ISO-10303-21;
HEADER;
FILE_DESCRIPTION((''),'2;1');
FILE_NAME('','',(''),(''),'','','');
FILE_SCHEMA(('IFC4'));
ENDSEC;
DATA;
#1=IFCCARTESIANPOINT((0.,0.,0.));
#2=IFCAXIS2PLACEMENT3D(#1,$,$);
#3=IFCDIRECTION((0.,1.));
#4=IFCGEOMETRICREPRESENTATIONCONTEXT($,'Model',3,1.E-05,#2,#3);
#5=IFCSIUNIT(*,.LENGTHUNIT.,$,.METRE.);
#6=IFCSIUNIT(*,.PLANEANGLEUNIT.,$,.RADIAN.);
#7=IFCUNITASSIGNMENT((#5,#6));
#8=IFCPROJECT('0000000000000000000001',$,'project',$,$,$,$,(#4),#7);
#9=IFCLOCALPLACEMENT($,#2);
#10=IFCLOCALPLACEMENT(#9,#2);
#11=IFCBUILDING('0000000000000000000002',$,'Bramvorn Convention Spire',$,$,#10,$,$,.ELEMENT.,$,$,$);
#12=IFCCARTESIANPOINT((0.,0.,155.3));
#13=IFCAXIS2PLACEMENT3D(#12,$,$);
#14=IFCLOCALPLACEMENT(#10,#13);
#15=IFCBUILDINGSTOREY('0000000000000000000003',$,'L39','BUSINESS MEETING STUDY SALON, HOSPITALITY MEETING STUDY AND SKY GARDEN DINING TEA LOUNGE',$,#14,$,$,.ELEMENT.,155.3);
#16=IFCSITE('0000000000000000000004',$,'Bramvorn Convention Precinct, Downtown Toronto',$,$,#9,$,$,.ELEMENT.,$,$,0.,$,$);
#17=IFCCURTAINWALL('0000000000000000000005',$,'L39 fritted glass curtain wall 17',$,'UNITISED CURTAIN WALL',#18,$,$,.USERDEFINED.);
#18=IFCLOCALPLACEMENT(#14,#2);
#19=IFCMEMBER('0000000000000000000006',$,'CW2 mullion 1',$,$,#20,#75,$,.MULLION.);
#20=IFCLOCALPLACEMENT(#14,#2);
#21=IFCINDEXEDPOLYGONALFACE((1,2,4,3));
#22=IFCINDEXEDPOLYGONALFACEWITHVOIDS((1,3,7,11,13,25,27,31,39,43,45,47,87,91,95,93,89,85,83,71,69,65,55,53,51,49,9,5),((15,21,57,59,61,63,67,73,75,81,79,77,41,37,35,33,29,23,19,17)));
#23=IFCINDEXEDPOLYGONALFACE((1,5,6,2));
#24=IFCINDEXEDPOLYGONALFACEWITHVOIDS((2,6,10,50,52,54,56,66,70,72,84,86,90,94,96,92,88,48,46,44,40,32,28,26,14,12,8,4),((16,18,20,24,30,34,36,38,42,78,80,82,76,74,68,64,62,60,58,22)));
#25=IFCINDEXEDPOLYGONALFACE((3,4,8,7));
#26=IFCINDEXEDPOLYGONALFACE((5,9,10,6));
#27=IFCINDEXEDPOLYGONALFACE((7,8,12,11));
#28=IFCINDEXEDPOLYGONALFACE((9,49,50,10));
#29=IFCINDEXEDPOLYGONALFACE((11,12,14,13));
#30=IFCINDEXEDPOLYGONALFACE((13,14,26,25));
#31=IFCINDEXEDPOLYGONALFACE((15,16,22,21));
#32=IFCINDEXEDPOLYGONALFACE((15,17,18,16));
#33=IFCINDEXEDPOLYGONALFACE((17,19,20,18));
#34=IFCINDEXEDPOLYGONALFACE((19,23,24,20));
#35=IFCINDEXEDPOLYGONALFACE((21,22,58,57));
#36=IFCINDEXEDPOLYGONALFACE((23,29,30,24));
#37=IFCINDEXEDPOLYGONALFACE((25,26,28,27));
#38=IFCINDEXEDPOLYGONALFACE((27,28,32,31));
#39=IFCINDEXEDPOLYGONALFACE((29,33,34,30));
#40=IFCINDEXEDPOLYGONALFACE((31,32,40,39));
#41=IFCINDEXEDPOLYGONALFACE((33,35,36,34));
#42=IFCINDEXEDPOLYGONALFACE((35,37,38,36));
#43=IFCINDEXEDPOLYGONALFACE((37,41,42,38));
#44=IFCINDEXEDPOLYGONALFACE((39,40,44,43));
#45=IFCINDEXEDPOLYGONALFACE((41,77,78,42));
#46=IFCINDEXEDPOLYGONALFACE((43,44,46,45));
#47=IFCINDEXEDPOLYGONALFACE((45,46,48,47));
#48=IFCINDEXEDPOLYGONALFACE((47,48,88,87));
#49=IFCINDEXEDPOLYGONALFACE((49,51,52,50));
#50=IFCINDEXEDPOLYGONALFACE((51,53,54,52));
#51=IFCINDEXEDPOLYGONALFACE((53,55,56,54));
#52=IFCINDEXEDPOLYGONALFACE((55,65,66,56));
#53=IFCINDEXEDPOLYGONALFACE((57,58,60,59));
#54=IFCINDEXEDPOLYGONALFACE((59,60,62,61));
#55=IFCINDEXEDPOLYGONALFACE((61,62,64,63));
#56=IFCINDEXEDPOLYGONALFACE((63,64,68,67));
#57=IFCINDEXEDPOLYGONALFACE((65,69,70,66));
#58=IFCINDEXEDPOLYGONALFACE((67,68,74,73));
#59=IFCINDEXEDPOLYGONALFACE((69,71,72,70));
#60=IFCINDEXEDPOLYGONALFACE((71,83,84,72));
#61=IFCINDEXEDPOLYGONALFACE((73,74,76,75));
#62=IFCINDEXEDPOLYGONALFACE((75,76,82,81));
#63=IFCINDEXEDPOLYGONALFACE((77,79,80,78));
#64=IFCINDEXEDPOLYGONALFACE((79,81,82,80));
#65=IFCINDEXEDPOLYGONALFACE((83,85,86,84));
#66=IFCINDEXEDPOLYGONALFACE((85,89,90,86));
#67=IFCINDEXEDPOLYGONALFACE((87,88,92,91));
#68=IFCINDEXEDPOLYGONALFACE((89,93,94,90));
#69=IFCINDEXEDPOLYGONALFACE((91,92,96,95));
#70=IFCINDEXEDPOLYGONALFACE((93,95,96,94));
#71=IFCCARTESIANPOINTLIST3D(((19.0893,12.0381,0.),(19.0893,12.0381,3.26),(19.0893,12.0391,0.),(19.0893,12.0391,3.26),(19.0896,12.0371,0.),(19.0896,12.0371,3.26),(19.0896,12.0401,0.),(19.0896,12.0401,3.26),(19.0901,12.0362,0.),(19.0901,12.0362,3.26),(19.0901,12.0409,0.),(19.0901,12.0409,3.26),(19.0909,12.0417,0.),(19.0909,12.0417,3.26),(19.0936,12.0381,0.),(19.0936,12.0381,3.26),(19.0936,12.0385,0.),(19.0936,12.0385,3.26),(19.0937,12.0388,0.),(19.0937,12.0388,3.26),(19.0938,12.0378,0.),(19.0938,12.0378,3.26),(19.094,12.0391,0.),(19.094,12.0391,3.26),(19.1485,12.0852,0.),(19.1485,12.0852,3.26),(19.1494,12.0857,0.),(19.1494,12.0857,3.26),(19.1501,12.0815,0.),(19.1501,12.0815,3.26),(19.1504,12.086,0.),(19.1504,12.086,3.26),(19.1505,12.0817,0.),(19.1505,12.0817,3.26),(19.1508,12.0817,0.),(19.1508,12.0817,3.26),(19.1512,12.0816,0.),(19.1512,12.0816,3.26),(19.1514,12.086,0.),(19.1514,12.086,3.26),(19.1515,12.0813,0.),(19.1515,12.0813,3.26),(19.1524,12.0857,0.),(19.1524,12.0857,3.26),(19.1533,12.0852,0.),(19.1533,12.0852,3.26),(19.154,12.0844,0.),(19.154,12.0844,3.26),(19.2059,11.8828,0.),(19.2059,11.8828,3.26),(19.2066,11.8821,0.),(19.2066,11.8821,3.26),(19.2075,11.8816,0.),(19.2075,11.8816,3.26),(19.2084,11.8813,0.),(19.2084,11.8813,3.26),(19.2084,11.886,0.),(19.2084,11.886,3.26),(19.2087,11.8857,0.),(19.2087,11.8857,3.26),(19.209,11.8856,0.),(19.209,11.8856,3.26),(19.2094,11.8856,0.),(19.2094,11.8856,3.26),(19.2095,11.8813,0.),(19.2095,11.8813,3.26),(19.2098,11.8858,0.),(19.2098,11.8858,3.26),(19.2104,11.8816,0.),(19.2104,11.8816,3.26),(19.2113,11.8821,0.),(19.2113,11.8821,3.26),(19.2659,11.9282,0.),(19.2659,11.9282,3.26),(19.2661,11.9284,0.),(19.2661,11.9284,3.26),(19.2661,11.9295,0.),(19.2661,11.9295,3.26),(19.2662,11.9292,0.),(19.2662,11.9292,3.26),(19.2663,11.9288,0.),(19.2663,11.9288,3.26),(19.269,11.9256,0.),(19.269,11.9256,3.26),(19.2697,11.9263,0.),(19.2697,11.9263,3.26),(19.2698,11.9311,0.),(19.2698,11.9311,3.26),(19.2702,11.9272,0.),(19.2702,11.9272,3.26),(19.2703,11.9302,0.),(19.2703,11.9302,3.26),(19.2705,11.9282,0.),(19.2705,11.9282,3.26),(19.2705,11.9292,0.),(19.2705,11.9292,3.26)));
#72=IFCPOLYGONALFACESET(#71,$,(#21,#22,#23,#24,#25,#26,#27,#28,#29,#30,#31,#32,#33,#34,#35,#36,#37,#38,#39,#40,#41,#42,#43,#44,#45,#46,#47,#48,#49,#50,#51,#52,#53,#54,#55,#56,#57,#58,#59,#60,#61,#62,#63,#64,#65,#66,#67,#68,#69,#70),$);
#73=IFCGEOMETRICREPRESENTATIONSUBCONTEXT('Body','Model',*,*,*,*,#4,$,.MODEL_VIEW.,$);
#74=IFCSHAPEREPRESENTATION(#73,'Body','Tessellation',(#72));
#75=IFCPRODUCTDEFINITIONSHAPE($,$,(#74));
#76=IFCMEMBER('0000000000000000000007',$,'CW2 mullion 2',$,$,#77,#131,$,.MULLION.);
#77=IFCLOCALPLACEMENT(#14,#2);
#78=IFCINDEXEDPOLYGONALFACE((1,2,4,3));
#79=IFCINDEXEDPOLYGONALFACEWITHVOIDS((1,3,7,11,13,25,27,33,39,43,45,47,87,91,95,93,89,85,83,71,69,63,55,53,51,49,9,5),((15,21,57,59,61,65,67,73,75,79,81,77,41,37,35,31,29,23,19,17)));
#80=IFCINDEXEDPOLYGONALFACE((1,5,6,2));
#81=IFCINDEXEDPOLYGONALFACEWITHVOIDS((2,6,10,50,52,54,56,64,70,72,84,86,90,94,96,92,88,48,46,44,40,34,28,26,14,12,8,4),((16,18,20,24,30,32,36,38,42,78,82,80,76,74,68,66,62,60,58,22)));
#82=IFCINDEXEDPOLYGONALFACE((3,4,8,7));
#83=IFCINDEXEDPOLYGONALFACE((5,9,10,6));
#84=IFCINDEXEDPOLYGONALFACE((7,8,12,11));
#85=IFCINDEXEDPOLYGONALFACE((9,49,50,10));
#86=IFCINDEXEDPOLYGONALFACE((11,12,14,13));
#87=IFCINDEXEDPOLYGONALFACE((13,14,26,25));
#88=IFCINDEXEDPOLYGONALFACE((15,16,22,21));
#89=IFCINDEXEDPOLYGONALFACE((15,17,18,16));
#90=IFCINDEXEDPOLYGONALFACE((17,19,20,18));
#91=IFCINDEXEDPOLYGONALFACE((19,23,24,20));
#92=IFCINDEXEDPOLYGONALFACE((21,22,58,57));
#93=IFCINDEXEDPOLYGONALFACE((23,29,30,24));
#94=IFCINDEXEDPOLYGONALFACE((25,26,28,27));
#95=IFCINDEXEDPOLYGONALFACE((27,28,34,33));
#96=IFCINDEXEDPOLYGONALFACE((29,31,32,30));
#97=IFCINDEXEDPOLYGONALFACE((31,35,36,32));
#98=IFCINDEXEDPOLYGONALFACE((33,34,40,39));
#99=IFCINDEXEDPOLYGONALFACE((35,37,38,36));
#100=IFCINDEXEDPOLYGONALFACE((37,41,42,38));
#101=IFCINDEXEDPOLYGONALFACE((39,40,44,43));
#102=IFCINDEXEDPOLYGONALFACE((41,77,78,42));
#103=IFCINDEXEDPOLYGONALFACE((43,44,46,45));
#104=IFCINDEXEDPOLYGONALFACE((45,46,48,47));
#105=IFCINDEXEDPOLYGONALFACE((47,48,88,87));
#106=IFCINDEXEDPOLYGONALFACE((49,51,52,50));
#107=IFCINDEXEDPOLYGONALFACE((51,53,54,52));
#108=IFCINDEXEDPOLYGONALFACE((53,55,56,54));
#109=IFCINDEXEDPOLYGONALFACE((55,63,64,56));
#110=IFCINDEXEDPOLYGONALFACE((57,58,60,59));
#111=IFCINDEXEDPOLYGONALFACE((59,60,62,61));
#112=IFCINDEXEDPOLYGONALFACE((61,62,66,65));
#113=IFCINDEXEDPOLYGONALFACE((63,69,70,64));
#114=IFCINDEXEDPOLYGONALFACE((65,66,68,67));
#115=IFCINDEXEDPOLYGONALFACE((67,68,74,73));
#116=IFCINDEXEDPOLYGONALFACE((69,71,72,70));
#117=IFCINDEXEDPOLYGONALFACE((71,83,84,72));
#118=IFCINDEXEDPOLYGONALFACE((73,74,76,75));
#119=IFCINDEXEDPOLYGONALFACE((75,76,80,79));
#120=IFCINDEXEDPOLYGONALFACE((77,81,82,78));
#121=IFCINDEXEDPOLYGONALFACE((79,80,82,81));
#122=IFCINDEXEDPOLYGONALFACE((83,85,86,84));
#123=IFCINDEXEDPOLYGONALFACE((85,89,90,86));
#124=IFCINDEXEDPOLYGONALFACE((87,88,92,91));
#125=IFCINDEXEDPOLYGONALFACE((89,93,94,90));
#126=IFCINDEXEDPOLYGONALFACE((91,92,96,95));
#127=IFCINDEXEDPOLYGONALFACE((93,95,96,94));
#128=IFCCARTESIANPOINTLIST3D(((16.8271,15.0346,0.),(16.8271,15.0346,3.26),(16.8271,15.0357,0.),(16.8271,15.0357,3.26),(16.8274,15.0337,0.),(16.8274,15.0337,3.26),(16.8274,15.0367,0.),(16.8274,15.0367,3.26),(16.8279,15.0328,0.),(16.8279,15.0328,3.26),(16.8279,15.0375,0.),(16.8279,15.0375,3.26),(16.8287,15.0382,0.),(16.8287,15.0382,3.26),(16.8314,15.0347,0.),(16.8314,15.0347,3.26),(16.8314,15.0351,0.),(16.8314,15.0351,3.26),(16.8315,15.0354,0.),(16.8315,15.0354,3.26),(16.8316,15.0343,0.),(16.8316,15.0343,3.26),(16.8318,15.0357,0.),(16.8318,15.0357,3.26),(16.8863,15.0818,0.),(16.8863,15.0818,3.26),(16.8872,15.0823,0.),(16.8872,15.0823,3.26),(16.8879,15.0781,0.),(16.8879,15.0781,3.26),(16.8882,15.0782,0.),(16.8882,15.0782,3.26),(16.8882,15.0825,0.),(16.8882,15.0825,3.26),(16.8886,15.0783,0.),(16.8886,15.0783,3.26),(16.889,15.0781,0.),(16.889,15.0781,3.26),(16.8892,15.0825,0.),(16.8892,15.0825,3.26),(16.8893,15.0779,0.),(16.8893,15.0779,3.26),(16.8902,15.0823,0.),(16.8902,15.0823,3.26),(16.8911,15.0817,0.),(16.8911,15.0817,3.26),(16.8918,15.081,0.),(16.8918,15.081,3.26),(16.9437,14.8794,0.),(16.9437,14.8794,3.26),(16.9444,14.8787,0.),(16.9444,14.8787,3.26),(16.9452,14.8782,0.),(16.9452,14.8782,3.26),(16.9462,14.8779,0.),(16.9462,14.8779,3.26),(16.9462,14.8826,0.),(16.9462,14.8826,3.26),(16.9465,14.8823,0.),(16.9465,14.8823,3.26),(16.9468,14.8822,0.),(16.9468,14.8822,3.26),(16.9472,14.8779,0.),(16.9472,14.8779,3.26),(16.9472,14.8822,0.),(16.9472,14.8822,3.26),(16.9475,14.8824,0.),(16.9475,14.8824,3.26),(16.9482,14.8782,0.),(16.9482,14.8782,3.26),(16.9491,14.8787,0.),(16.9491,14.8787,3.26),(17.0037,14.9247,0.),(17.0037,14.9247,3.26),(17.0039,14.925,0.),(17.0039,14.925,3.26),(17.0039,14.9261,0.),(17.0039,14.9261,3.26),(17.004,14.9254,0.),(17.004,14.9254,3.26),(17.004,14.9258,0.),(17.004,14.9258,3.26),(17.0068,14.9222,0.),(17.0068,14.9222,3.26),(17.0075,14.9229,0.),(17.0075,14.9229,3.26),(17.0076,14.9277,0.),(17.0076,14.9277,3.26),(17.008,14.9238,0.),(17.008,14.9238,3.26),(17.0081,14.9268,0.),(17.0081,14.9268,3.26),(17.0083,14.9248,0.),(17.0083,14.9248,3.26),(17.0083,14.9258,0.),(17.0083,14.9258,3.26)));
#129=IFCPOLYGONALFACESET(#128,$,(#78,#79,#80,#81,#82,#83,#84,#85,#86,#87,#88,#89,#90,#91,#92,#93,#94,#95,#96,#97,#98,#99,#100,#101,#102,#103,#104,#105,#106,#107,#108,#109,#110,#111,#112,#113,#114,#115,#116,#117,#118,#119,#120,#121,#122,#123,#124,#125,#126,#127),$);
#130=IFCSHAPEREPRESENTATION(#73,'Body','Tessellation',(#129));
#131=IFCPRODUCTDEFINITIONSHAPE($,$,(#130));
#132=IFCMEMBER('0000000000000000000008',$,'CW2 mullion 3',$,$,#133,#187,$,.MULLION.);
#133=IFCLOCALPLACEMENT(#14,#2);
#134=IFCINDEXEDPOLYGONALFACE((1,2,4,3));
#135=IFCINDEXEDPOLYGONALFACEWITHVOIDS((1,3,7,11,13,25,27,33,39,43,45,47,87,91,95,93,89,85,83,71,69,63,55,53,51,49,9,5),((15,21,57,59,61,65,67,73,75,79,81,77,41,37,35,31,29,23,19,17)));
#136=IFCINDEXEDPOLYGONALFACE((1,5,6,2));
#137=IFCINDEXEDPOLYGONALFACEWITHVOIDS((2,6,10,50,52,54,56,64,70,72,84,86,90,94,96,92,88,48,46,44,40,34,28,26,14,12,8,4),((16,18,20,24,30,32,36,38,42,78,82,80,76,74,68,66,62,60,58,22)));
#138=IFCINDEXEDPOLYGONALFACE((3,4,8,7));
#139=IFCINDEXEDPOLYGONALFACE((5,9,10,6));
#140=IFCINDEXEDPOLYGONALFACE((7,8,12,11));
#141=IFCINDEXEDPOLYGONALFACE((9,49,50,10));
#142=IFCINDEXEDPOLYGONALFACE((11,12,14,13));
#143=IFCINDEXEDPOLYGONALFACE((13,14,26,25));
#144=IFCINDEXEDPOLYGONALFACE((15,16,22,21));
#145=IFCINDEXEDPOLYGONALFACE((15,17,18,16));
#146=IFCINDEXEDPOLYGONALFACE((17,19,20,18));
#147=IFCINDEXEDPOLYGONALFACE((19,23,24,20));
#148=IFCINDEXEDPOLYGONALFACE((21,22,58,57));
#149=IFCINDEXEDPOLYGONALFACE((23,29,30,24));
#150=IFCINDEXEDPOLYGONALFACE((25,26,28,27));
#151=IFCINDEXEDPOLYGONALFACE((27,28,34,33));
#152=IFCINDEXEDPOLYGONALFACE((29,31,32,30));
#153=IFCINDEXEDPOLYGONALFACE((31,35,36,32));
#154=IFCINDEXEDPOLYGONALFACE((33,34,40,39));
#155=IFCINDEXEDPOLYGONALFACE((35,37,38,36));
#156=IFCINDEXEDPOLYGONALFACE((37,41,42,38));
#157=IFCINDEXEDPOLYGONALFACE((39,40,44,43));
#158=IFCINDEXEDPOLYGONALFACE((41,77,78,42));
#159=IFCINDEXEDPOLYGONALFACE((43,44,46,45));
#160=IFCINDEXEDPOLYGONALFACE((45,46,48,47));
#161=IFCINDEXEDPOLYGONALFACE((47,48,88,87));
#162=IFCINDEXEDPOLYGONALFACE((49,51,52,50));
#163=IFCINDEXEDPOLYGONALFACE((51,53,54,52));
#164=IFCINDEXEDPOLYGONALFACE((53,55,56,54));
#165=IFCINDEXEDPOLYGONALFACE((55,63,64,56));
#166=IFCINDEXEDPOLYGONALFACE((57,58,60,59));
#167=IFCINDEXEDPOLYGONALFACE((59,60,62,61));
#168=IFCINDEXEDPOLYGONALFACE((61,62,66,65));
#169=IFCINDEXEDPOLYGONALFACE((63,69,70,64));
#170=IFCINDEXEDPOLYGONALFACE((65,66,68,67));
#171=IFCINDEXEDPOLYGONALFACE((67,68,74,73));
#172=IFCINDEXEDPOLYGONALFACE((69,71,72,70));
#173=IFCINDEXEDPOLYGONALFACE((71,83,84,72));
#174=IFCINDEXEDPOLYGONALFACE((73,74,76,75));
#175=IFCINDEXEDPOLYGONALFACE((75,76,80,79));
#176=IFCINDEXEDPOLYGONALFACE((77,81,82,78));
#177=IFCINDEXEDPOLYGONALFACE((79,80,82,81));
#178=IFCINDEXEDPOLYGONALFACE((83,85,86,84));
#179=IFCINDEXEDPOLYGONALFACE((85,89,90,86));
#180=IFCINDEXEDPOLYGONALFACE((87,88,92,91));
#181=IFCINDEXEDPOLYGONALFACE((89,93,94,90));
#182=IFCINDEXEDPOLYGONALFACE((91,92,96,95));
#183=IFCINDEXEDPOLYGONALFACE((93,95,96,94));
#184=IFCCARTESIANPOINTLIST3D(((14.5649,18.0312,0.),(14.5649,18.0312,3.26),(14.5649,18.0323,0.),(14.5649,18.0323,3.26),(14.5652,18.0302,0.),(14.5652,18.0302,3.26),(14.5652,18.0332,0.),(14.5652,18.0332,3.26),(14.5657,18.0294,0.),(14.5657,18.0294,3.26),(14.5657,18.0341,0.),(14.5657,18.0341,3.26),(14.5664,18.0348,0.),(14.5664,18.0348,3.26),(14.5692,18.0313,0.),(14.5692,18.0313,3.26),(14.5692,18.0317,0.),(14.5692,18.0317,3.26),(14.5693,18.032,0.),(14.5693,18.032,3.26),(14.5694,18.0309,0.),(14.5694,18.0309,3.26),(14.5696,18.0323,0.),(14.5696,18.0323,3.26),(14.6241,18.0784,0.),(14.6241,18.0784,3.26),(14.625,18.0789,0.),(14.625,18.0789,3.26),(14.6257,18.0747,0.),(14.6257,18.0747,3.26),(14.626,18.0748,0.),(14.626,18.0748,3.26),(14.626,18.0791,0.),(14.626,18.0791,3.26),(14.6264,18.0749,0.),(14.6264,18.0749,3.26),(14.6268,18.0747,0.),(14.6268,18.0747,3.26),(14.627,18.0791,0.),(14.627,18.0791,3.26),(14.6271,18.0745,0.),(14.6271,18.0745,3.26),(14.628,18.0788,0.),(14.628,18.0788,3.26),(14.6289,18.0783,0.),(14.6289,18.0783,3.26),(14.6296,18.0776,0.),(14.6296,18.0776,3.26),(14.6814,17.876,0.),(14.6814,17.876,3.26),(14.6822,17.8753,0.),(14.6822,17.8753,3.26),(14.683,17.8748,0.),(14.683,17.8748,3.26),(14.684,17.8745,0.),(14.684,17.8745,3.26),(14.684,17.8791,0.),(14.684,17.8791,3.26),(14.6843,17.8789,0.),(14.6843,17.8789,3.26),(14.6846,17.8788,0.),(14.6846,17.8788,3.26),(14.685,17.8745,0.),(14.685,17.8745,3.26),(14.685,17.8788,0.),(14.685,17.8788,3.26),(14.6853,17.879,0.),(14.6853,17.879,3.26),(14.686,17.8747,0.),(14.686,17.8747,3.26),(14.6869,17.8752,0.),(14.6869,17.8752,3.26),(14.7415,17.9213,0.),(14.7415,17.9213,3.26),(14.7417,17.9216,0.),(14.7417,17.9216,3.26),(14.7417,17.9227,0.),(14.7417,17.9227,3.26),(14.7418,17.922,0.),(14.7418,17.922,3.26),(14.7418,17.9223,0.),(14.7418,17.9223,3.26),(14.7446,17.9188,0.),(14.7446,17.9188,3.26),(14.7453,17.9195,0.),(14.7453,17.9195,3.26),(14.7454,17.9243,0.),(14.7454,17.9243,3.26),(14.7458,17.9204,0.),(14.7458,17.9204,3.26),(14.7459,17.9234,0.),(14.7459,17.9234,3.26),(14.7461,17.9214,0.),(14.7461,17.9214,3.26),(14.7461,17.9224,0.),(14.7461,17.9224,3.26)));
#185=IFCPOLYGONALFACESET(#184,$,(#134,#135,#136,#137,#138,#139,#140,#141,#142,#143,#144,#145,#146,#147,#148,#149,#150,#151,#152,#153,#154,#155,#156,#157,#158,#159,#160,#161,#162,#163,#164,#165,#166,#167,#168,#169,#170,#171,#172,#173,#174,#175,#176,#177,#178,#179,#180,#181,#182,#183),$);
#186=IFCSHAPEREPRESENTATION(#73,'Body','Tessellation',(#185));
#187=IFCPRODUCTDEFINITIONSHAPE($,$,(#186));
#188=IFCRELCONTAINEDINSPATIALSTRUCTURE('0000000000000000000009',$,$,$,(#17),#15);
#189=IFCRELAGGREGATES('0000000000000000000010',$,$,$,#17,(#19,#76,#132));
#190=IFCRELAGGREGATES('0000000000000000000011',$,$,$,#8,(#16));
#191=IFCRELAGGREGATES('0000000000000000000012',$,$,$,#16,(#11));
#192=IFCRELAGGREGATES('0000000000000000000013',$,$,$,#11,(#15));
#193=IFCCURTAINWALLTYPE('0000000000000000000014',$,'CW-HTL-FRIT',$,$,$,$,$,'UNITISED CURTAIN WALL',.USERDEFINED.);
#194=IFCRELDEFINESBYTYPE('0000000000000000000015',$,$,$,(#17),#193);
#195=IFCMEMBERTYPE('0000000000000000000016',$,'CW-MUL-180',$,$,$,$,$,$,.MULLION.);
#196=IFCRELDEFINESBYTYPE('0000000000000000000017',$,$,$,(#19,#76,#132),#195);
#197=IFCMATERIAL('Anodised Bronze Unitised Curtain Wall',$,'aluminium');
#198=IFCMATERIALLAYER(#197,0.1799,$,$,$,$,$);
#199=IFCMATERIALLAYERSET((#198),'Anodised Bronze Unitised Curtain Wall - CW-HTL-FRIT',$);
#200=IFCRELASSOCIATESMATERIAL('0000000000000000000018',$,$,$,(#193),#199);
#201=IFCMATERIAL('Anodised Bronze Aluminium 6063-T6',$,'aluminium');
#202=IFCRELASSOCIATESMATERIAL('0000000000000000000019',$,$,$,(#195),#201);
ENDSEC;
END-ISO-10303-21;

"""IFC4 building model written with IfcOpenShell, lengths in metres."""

from ifc_helpers import new_model, si_unit, direction, frame, origin, origin_2d, place, context, subcontext, project, spatial, hollow_rectangle, extrude, material, layer, layer_set, material_profile, profile_set, type_object, element, aggregate, save


model = new_model("IFC4")

# Units and contexts
model_context = context("Model", 3, precision=1e-05, world=origin(), true_north=direction((0.0, 1.0)))
body_context = subcontext(model_context, "Body", "Model", "MODEL_VIEW")
ifc_project = project(units=[si_unit("LENGTHUNIT", "METRE"), si_unit("PLANEANGLEUNIT", "RADIAN")], contexts=[model_context])

# Site, building, storey
site_placement = place(None, origin())
site = spatial("IfcSite", under=ifc_project, at=site_placement, Name="Bramvorn Convention Precinct, Downtown Toronto", CompositionType="ELEMENT", RefElevation=0.0)
building_placement = place(site_placement, origin())
building = spatial("IfcBuilding", under=site, at=building_placement, Name="Bramvorn Convention Spire", CompositionType="ELEMENT")
storey_placement = place(building_placement, frame((0.0, 0.0, 155.3)))
storey = spatial("IfcBuildingStorey", under=building, at=storey_placement, Name="L39", Description="BUSINESS MEETING STUDY SALON, HOSPITALITY MEETING STUDY AND SKY GARDEN DINING TEA LOUNGE", CompositionType="ELEMENT", Elevation=155.3)

# Shared definitions
ifc_material_1 = material(Name="Anodised Bronze Unitised Curtain Wall", Category="aluminium")
ifc_layer_1 = layer(ifc_material_1, 0.1799)
ifc_layer_set_1 = layer_set([ifc_layer_1], Name="Anodised Bronze Unitised Curtain Wall - CW-HTL-FRIT")
curtain_wall_type = type_object("IfcCurtainWallType", Name="CW-HTL-FRIT", ElementType="UNITISED CURTAIN WALL", PredefinedType="USERDEFINED", material=ifc_layer_set_1)
ifc_material_2 = material(Name="Anodised Bronze Aluminium 6063-T6", Category="aluminium")
ifc_material_profile_1 = material_profile(ifc_material_2, hollow_rectangle(XDim=0.0801, YDim=0.2, WallThickness=0.0039, InnerFilletRadius=0.001, OuterFilletRadius=0.0039, at=origin_2d()))
ifc_profile_set_1 = profile_set([ifc_material_profile_1], Name="Anodised Bronze Aluminium 6063-T6 - CWM80X200")
member_type_1 = type_object("IfcMemberType", Name="CW-MUL-180", PredefinedType="MULLION", material=ifc_profile_set_1)

# Curtain wall, members
curtain_wall_1_placement = place(storey_placement, origin())
curtain_wall_1 = element("IfcCurtainWall", 1, at=curtain_wall_1_placement, inside=storey, type_object=curtain_wall_type, Name="L39 fritted glass curtain wall 17", ObjectType="UNITISED CURTAIN WALL", PredefinedType="USERDEFINED")
member_1_placement = place(storey_placement, frame((19.1799, 11.9836, 0.0), z_axis=(0.0, 0.0, 1.0), x_axis=(-0.798109, -0.602513, 0.0)))
member_1 = element("IfcMember", 2, at=member_1_placement, type_object=member_type_1, Name="CW2 mullion 1", PredefinedType="MULLION", context=body_context, shape_type="SweptSolid", body=[
    extrude(hollow_rectangle(XDim=0.0801, YDim=0.2, WallThickness=0.0039, InnerFilletRadius=0.001, OuterFilletRadius=0.0039, at=origin_2d()), origin(), (0.0, 0.0, 1.0), 3.26),
])
member_2_placement = place(storey_placement, frame((16.9177, 14.9802, 0.0), z_axis=(0.0, 0.0, 1.0), x_axis=(-0.798109, -0.602513, 0.0)))
member_2 = element("IfcMember", 3, at=member_2_placement, type_object=member_type_1, Name="CW2 mullion 2", PredefinedType="MULLION", context=body_context, shape_type="SweptSolid", body=[
    extrude(hollow_rectangle(XDim=0.0801, YDim=0.2, WallThickness=0.0039, InnerFilletRadius=0.001, OuterFilletRadius=0.0039, at=origin_2d()), origin(), (0.0, 0.0, 1.0), 3.26),
])
member_3_placement = place(storey_placement, frame((14.6555, 17.9768, 0.0), z_axis=(0.0, 0.0, 1.0), x_axis=(-0.798109, -0.602513, 0.0)))
member_3 = element("IfcMember", 4, at=member_3_placement, type_object=member_type_1, Name="CW2 mullion 3", PredefinedType="MULLION", context=body_context, shape_type="SweptSolid", body=[
    extrude(hollow_rectangle(XDim=0.0801, YDim=0.2, WallThickness=0.0039, InnerFilletRadius=0.001, OuterFilletRadius=0.0039, at=origin_2d()), origin(), (0.0, 0.0, 1.0), 3.26),
])

aggregate(curtain_wall_1, [member_1, member_2, member_3])

save(model, "model.ifc")
